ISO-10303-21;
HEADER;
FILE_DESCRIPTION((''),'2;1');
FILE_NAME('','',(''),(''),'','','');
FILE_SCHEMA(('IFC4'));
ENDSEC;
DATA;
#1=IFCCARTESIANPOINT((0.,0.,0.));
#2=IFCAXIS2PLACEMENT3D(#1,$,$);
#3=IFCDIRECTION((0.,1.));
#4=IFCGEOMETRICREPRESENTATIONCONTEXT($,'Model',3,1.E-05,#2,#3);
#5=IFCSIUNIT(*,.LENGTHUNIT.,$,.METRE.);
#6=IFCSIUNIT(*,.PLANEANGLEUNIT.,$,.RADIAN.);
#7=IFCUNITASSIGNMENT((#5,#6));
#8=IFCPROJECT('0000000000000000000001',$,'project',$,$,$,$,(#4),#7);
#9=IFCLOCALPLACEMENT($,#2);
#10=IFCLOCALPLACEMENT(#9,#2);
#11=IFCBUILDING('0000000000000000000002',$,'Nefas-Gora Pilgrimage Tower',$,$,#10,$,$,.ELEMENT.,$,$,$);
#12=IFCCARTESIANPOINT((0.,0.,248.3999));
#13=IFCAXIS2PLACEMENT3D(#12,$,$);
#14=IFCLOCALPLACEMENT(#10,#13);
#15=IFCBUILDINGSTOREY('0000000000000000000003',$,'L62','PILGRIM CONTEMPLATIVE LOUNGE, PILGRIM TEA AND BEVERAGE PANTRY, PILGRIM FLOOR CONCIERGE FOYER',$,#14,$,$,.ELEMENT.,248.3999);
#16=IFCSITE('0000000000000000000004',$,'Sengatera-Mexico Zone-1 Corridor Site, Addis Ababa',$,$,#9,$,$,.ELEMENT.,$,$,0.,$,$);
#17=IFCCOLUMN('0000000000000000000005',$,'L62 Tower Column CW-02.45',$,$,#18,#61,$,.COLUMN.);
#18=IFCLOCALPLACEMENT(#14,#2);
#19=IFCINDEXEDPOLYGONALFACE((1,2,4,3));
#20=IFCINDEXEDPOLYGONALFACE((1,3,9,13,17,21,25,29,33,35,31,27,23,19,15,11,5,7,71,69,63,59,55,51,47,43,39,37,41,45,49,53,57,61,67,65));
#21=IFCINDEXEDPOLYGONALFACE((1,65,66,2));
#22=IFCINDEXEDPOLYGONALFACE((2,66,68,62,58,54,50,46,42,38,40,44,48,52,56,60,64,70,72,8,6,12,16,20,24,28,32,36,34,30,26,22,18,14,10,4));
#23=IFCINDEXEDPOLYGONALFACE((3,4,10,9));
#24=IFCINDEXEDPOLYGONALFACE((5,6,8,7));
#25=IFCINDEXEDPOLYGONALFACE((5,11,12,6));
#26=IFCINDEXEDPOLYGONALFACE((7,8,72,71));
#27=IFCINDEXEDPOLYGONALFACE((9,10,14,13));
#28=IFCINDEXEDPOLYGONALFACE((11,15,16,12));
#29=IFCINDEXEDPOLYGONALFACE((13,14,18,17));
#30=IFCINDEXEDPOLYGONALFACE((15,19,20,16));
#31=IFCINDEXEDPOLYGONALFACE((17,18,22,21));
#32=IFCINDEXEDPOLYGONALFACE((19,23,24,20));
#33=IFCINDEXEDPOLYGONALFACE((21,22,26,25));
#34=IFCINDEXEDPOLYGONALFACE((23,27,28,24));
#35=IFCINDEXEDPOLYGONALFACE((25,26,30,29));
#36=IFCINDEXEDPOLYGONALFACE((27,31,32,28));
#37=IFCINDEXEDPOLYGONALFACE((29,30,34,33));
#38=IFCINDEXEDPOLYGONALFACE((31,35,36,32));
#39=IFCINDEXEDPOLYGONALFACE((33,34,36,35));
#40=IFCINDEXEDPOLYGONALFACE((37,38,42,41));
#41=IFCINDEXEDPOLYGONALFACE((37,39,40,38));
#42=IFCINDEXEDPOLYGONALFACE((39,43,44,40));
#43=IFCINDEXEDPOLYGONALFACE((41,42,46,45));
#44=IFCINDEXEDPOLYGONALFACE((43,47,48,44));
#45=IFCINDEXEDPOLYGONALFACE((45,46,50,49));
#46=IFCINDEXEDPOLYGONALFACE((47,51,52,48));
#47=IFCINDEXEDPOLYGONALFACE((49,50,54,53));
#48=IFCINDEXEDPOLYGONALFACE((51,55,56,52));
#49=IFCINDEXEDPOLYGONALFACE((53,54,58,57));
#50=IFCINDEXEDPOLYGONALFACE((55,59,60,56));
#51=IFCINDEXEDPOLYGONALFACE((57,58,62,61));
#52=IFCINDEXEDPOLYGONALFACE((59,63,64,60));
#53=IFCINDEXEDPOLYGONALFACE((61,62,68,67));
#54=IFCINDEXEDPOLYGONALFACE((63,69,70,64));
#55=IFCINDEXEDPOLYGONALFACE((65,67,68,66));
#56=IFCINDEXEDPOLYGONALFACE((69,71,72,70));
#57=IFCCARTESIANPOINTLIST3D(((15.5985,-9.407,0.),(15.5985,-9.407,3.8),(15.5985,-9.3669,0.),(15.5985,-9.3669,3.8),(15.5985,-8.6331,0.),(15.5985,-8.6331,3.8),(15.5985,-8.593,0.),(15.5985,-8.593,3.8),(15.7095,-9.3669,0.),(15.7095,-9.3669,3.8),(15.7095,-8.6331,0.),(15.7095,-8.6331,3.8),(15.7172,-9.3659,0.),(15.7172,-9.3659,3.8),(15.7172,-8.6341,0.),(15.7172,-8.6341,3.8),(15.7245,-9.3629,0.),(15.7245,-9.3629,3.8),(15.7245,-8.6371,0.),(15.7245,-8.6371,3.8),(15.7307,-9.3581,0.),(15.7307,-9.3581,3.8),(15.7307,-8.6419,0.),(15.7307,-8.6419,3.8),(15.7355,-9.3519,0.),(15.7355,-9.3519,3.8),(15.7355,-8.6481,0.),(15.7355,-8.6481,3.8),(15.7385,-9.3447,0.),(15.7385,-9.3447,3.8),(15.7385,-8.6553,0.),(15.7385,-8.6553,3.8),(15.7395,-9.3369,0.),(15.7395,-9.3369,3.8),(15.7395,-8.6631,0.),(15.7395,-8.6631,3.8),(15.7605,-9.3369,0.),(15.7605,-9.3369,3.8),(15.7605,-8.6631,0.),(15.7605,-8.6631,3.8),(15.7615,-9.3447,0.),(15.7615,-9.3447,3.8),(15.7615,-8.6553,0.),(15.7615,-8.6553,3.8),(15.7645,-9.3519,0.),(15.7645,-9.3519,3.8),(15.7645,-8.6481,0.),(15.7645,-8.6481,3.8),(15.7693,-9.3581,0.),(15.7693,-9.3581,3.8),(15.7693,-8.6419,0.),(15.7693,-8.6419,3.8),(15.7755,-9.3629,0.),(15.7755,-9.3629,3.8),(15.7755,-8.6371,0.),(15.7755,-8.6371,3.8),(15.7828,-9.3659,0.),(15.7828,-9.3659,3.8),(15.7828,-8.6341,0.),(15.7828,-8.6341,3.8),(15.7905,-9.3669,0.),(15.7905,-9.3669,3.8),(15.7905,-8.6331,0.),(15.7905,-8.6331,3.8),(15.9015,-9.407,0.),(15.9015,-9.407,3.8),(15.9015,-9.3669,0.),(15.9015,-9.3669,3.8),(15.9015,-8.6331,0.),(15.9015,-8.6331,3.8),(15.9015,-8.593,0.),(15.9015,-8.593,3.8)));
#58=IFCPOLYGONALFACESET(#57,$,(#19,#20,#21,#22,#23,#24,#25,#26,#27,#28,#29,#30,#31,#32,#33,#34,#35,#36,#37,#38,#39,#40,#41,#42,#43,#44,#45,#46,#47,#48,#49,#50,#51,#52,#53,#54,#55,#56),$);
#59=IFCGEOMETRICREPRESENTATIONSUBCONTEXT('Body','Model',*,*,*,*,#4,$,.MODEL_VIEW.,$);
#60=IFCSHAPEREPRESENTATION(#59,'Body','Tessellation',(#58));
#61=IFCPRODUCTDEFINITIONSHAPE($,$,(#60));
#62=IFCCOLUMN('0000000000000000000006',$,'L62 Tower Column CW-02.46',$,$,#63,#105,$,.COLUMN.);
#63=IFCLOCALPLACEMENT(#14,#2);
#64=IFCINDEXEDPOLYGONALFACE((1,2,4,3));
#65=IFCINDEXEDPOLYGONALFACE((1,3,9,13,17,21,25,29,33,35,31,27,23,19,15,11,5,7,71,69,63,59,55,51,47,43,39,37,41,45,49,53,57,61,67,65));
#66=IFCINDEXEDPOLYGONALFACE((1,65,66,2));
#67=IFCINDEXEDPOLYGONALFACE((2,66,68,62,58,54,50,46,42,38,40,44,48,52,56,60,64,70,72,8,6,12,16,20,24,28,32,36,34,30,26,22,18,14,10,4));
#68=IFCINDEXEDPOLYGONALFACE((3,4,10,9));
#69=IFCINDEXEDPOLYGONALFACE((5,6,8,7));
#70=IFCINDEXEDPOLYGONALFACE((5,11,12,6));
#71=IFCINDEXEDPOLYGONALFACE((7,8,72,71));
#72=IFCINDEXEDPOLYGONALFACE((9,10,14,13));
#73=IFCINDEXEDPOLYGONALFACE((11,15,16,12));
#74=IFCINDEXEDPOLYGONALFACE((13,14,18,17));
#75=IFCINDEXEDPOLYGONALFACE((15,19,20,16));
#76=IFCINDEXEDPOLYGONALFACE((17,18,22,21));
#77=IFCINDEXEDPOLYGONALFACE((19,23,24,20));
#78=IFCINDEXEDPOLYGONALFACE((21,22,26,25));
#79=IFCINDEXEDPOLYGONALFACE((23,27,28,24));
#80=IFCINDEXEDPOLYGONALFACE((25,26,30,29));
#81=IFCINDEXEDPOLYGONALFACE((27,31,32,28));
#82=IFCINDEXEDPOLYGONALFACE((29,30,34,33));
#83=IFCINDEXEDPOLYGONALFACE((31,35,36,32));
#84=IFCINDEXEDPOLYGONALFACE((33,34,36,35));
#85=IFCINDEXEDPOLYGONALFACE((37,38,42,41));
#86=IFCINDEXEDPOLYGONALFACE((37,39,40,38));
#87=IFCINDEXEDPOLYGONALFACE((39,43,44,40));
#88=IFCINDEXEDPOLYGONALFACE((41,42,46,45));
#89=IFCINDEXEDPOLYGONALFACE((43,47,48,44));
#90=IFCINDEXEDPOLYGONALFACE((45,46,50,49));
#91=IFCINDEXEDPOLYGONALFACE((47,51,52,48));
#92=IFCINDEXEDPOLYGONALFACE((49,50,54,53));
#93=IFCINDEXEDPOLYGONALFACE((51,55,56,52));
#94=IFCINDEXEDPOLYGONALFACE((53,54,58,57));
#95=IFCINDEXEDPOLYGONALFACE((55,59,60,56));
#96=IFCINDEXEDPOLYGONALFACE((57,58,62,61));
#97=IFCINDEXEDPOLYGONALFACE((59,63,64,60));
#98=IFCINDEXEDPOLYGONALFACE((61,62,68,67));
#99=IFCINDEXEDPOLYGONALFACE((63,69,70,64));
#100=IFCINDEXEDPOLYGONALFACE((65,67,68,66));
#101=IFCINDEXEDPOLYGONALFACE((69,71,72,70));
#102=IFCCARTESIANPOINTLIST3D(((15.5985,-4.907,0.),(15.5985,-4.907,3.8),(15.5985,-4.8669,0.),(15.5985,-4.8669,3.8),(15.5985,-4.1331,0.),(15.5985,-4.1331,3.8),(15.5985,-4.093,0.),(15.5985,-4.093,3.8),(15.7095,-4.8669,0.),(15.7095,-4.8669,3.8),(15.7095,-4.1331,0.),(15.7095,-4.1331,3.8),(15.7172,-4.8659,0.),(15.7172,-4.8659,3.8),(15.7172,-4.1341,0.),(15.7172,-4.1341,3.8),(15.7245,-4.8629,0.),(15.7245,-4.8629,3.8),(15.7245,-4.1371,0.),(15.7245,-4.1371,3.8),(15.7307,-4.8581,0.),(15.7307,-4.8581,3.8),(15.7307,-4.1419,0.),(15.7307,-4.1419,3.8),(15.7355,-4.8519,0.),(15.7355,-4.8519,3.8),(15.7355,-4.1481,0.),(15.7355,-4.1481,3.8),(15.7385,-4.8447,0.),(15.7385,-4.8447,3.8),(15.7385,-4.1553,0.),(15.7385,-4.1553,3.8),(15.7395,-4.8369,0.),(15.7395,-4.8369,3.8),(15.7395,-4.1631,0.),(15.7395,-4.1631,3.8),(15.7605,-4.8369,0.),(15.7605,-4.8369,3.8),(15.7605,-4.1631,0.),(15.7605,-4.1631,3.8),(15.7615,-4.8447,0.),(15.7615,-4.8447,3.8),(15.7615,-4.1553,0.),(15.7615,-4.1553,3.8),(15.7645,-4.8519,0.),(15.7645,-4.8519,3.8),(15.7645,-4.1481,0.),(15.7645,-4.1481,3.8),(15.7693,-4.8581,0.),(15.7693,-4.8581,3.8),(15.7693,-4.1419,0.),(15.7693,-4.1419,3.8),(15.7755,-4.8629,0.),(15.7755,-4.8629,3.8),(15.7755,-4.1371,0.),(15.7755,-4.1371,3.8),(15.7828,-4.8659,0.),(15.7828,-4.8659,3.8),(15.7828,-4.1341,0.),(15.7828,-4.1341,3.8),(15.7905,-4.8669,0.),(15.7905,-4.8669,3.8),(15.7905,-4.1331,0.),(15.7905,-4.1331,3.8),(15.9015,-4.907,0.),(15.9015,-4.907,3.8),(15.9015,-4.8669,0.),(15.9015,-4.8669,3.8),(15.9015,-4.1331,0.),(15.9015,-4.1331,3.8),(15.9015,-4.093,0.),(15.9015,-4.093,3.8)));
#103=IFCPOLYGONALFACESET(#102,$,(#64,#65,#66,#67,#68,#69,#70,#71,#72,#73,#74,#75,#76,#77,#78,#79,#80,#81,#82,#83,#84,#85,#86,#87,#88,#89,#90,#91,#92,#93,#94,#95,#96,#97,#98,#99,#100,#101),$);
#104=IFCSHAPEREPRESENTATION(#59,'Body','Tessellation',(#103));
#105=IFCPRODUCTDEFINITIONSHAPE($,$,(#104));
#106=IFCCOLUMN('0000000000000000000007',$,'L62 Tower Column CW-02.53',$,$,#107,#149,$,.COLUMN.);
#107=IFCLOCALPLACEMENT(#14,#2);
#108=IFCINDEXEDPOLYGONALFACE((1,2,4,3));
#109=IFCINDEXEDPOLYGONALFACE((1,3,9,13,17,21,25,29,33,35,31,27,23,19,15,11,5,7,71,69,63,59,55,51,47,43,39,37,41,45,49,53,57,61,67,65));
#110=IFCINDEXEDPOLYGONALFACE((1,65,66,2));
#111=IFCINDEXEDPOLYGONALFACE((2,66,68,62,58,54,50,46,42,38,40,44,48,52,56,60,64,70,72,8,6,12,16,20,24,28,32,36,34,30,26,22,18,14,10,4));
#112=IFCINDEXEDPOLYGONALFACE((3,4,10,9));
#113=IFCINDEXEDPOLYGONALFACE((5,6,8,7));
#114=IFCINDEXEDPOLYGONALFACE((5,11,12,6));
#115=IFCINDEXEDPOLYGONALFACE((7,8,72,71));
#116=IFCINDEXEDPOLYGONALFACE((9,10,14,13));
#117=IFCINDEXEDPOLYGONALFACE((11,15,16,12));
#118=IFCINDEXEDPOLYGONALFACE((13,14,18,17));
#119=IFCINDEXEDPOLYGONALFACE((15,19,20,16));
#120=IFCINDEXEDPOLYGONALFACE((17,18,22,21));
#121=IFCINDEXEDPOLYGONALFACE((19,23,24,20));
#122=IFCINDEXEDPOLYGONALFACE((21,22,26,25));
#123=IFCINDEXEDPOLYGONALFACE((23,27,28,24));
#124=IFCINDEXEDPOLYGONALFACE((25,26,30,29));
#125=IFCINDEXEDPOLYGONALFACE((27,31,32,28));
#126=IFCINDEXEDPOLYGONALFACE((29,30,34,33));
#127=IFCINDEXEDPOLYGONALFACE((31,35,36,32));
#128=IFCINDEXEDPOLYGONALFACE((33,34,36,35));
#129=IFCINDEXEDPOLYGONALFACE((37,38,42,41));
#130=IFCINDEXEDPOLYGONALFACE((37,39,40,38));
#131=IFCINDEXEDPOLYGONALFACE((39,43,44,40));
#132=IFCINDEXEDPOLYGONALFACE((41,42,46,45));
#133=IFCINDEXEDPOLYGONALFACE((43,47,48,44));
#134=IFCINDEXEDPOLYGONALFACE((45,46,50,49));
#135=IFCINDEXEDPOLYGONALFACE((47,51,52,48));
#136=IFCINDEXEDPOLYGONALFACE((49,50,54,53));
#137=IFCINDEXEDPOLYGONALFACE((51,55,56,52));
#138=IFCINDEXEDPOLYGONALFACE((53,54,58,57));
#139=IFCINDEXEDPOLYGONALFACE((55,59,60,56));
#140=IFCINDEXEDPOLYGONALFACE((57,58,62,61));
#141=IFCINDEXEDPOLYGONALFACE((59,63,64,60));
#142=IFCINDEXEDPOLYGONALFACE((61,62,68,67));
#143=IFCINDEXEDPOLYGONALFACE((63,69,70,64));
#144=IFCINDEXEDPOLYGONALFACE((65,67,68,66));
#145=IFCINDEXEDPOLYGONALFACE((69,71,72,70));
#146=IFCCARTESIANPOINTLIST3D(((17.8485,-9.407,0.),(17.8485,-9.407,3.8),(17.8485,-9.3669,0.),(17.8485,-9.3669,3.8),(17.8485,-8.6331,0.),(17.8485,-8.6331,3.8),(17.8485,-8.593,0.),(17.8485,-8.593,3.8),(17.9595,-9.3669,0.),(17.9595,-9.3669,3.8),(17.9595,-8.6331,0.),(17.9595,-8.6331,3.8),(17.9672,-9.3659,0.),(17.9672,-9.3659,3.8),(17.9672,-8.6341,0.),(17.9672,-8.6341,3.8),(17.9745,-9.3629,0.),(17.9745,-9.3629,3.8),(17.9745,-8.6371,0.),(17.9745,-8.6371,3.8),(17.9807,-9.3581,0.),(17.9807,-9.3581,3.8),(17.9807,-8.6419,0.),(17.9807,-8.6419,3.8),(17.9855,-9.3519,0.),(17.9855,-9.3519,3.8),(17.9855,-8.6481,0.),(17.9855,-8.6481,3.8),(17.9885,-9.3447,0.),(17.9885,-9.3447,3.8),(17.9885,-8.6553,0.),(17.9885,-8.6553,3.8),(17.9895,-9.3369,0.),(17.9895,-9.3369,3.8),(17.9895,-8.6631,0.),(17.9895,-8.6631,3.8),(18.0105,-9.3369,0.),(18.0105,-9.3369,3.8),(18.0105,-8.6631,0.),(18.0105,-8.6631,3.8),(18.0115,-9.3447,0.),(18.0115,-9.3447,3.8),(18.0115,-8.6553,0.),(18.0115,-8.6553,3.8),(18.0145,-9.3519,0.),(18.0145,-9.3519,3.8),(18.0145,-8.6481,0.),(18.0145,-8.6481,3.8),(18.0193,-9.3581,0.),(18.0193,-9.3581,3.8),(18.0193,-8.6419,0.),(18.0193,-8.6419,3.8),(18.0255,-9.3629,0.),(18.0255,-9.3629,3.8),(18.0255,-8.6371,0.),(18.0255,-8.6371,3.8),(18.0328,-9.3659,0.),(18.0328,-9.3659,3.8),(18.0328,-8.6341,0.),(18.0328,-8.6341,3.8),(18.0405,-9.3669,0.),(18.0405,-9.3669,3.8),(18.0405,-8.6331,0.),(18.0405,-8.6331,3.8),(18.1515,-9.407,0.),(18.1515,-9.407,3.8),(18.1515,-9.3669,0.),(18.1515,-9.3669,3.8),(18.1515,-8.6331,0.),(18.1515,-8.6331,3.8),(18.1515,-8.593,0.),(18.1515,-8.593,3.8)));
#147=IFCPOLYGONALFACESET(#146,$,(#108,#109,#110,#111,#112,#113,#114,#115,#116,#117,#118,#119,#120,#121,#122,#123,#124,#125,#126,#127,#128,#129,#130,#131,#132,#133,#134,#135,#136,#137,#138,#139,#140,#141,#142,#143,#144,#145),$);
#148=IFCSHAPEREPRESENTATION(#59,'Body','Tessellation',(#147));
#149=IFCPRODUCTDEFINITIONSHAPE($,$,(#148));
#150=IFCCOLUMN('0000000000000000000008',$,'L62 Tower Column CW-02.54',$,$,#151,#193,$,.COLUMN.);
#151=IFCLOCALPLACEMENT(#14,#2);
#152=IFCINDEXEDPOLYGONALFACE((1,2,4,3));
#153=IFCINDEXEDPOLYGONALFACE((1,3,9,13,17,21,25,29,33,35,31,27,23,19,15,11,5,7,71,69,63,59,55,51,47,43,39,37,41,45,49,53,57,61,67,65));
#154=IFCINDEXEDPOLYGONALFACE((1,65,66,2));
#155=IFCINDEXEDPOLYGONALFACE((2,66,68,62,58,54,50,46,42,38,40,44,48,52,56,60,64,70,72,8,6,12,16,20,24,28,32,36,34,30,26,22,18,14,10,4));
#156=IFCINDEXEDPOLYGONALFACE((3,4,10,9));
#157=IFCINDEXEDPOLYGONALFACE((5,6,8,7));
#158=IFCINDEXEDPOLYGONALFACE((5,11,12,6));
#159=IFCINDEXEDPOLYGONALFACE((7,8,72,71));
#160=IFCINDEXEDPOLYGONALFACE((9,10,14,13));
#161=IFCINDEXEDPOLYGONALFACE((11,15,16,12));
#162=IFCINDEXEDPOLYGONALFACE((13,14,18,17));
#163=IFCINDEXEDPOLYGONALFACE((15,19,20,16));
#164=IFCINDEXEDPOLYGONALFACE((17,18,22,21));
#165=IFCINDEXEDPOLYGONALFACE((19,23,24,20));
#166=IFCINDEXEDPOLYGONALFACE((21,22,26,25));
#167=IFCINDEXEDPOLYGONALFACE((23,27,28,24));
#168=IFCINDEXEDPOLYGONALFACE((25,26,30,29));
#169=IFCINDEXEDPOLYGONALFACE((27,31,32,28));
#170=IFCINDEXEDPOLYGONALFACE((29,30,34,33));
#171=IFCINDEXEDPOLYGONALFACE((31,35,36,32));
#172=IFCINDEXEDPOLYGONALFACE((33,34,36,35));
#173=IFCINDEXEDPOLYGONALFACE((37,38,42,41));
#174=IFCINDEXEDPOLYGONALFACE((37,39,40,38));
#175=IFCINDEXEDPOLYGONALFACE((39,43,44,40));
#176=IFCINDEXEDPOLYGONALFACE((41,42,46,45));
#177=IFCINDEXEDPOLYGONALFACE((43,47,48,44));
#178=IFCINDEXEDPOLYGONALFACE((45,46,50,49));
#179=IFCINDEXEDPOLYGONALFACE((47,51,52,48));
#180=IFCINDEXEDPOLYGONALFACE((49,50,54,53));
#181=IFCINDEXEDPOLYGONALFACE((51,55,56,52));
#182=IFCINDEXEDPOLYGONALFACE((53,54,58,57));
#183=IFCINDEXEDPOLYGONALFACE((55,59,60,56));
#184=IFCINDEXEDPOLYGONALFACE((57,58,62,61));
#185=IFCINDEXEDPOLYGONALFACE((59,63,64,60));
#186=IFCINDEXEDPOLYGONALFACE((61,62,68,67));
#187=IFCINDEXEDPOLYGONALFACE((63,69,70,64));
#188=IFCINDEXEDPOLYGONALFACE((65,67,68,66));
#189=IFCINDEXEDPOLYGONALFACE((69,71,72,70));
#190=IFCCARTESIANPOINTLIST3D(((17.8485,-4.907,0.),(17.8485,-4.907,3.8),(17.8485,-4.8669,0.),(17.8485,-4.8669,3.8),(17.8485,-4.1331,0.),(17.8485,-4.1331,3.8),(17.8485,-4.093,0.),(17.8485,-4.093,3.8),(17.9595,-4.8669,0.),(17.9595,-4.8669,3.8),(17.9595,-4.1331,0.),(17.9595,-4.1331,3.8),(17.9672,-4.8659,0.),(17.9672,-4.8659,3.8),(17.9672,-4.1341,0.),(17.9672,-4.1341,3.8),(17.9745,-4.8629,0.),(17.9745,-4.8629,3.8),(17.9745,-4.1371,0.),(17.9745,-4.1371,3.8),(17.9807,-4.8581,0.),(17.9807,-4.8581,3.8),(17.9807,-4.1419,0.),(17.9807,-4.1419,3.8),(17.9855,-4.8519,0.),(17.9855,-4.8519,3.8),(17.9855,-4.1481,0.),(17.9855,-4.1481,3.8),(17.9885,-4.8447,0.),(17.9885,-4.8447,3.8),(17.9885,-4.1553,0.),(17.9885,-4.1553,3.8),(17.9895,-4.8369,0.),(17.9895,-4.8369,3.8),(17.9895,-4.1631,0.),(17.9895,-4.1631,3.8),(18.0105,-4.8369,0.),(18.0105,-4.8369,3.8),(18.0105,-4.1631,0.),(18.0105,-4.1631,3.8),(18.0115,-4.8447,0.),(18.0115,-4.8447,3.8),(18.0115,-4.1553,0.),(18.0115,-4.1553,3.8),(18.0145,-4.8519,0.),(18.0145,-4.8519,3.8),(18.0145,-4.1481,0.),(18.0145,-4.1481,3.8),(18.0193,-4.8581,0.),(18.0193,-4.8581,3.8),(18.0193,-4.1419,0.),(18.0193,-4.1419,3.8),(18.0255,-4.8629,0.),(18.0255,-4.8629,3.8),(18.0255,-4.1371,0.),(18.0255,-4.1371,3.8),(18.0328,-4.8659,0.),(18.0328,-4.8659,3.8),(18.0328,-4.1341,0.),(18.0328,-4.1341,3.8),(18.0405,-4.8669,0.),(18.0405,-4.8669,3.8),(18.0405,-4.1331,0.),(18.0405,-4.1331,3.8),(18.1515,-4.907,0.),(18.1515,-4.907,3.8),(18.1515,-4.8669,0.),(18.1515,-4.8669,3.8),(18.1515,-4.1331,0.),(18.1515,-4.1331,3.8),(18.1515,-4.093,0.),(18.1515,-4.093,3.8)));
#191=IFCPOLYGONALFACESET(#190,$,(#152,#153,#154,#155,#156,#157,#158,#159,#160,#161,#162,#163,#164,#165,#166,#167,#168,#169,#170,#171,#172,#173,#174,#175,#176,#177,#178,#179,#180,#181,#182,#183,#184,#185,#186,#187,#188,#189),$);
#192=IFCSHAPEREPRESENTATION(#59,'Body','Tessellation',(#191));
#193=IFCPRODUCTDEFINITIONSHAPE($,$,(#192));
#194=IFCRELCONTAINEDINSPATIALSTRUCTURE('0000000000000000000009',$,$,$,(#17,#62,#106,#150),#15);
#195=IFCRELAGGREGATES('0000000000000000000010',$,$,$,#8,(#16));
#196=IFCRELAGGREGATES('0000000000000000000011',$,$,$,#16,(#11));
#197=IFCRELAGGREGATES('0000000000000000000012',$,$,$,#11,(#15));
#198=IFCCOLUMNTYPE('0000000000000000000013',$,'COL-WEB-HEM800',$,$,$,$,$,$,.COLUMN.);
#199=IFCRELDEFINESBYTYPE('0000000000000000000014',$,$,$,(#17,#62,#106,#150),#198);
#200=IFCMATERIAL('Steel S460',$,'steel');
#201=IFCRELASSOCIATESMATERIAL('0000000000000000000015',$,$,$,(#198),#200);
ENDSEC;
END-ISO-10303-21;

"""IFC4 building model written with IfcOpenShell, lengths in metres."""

from ifc_helpers import new_model, si_unit, direction, frame, origin, origin_2d, place, context, subcontext, project, spatial, i_section, extrude, source, transform, mapped, material, material_profile, profile_set, type_object, element, save


model = new_model("IFC4")

# Units and contexts
model_context = context("Model", 3, precision=1e-05, world=origin(), true_north=direction((0.0, 1.0)))
body_context = subcontext(model_context, "Body", "Model", "MODEL_VIEW")
ifc_project = project(units=[si_unit("LENGTHUNIT", "METRE"), si_unit("PLANEANGLEUNIT", "RADIAN")], contexts=[model_context])

# Site, building, storey
site_placement = place(None, origin())
site = spatial("IfcSite", under=ifc_project, at=site_placement, Name="Sengatera-Mexico Zone-1 Corridor Site, Addis Ababa", CompositionType="ELEMENT", RefElevation=0.0)
building_placement = place(site_placement, origin())
building = spatial("IfcBuilding", under=site, at=building_placement, Name="Nefas-Gora Pilgrimage Tower", CompositionType="ELEMENT")
storey_placement = place(building_placement, frame((0.0, 0.0, 248.3999)))
storey = spatial("IfcBuildingStorey", under=building, at=storey_placement, Name="L62", Description="PILGRIM CONTEMPLATIVE LOUNGE, PILGRIM TEA AND BEVERAGE PANTRY, PILGRIM FLOOR CONCIERGE FOYER", CompositionType="ELEMENT", Elevation=248.3999)

# Columns
ifc_material_1 = material(Name="Steel S460", Category="steel")
ifc_material_profile_1 = material_profile(ifc_material_1, i_section(OverallWidth=0.303, OverallDepth=0.814, WebThickness=0.021, FlangeThickness=0.04, FilletRadius=0.03, at=origin_2d()), Name="HEM 800")
ifc_profile_set_1 = profile_set([ifc_material_profile_1], Name="Steel S460")
column_type_1 = type_object("IfcColumnType", Name="COL-WEB-HEM800", PredefinedType="COLUMN", material=ifc_profile_set_1)
shared_shape_1 = source(origin(), body_context, "Body", "SweptSolid", [
    extrude(i_section(OverallWidth=0.303, OverallDepth=0.814, WebThickness=0.021, FlangeThickness=0.04, FilletRadius=0.03, at=origin_2d()), origin(), (0.0, 0.0, 1.0), 3.8),
])
for number, where, z_axis, x_axis, name in (
    (1, (15.75, -9.0, 0.0), (0.0, 0.0, 1.0), (1.0, 0.0, 0.0), "L62 Tower Column CW-02.45"),
    (2, (15.75, -4.5, 0.0), (0.0, 0.0, 1.0), (1.0, 0.0, 0.0), "L62 Tower Column CW-02.46"),
    (3, (18.0, -9.0, 0.0), (0.0, 0.0, 1.0), (1.0, 0.0, 0.0), "L62 Tower Column CW-02.53"),
    (4, (18.0, -4.5, 0.0), (0.0, 0.0, 1.0), (1.0, 0.0, 0.0), "L62 Tower Column CW-02.54"),
):
    element("IfcColumn", number, at=place(storey_placement, frame(where, z_axis=z_axis, x_axis=x_axis)), inside=storey, type_object=column_type_1, Name=name, PredefinedType="COLUMN", context=body_context, shape_type="MappedRepresentation", body=[
        mapped(shared_shape_1, transform((0.0, 0.0, 0.0), x_axis=(1.0, 0.0, 0.0), y_axis=(0.0, 1.0, 0.0), z_axis=(0.0, 0.0, 1.0), scale=1.0)),
    ])

save(model, "model.ifc")
